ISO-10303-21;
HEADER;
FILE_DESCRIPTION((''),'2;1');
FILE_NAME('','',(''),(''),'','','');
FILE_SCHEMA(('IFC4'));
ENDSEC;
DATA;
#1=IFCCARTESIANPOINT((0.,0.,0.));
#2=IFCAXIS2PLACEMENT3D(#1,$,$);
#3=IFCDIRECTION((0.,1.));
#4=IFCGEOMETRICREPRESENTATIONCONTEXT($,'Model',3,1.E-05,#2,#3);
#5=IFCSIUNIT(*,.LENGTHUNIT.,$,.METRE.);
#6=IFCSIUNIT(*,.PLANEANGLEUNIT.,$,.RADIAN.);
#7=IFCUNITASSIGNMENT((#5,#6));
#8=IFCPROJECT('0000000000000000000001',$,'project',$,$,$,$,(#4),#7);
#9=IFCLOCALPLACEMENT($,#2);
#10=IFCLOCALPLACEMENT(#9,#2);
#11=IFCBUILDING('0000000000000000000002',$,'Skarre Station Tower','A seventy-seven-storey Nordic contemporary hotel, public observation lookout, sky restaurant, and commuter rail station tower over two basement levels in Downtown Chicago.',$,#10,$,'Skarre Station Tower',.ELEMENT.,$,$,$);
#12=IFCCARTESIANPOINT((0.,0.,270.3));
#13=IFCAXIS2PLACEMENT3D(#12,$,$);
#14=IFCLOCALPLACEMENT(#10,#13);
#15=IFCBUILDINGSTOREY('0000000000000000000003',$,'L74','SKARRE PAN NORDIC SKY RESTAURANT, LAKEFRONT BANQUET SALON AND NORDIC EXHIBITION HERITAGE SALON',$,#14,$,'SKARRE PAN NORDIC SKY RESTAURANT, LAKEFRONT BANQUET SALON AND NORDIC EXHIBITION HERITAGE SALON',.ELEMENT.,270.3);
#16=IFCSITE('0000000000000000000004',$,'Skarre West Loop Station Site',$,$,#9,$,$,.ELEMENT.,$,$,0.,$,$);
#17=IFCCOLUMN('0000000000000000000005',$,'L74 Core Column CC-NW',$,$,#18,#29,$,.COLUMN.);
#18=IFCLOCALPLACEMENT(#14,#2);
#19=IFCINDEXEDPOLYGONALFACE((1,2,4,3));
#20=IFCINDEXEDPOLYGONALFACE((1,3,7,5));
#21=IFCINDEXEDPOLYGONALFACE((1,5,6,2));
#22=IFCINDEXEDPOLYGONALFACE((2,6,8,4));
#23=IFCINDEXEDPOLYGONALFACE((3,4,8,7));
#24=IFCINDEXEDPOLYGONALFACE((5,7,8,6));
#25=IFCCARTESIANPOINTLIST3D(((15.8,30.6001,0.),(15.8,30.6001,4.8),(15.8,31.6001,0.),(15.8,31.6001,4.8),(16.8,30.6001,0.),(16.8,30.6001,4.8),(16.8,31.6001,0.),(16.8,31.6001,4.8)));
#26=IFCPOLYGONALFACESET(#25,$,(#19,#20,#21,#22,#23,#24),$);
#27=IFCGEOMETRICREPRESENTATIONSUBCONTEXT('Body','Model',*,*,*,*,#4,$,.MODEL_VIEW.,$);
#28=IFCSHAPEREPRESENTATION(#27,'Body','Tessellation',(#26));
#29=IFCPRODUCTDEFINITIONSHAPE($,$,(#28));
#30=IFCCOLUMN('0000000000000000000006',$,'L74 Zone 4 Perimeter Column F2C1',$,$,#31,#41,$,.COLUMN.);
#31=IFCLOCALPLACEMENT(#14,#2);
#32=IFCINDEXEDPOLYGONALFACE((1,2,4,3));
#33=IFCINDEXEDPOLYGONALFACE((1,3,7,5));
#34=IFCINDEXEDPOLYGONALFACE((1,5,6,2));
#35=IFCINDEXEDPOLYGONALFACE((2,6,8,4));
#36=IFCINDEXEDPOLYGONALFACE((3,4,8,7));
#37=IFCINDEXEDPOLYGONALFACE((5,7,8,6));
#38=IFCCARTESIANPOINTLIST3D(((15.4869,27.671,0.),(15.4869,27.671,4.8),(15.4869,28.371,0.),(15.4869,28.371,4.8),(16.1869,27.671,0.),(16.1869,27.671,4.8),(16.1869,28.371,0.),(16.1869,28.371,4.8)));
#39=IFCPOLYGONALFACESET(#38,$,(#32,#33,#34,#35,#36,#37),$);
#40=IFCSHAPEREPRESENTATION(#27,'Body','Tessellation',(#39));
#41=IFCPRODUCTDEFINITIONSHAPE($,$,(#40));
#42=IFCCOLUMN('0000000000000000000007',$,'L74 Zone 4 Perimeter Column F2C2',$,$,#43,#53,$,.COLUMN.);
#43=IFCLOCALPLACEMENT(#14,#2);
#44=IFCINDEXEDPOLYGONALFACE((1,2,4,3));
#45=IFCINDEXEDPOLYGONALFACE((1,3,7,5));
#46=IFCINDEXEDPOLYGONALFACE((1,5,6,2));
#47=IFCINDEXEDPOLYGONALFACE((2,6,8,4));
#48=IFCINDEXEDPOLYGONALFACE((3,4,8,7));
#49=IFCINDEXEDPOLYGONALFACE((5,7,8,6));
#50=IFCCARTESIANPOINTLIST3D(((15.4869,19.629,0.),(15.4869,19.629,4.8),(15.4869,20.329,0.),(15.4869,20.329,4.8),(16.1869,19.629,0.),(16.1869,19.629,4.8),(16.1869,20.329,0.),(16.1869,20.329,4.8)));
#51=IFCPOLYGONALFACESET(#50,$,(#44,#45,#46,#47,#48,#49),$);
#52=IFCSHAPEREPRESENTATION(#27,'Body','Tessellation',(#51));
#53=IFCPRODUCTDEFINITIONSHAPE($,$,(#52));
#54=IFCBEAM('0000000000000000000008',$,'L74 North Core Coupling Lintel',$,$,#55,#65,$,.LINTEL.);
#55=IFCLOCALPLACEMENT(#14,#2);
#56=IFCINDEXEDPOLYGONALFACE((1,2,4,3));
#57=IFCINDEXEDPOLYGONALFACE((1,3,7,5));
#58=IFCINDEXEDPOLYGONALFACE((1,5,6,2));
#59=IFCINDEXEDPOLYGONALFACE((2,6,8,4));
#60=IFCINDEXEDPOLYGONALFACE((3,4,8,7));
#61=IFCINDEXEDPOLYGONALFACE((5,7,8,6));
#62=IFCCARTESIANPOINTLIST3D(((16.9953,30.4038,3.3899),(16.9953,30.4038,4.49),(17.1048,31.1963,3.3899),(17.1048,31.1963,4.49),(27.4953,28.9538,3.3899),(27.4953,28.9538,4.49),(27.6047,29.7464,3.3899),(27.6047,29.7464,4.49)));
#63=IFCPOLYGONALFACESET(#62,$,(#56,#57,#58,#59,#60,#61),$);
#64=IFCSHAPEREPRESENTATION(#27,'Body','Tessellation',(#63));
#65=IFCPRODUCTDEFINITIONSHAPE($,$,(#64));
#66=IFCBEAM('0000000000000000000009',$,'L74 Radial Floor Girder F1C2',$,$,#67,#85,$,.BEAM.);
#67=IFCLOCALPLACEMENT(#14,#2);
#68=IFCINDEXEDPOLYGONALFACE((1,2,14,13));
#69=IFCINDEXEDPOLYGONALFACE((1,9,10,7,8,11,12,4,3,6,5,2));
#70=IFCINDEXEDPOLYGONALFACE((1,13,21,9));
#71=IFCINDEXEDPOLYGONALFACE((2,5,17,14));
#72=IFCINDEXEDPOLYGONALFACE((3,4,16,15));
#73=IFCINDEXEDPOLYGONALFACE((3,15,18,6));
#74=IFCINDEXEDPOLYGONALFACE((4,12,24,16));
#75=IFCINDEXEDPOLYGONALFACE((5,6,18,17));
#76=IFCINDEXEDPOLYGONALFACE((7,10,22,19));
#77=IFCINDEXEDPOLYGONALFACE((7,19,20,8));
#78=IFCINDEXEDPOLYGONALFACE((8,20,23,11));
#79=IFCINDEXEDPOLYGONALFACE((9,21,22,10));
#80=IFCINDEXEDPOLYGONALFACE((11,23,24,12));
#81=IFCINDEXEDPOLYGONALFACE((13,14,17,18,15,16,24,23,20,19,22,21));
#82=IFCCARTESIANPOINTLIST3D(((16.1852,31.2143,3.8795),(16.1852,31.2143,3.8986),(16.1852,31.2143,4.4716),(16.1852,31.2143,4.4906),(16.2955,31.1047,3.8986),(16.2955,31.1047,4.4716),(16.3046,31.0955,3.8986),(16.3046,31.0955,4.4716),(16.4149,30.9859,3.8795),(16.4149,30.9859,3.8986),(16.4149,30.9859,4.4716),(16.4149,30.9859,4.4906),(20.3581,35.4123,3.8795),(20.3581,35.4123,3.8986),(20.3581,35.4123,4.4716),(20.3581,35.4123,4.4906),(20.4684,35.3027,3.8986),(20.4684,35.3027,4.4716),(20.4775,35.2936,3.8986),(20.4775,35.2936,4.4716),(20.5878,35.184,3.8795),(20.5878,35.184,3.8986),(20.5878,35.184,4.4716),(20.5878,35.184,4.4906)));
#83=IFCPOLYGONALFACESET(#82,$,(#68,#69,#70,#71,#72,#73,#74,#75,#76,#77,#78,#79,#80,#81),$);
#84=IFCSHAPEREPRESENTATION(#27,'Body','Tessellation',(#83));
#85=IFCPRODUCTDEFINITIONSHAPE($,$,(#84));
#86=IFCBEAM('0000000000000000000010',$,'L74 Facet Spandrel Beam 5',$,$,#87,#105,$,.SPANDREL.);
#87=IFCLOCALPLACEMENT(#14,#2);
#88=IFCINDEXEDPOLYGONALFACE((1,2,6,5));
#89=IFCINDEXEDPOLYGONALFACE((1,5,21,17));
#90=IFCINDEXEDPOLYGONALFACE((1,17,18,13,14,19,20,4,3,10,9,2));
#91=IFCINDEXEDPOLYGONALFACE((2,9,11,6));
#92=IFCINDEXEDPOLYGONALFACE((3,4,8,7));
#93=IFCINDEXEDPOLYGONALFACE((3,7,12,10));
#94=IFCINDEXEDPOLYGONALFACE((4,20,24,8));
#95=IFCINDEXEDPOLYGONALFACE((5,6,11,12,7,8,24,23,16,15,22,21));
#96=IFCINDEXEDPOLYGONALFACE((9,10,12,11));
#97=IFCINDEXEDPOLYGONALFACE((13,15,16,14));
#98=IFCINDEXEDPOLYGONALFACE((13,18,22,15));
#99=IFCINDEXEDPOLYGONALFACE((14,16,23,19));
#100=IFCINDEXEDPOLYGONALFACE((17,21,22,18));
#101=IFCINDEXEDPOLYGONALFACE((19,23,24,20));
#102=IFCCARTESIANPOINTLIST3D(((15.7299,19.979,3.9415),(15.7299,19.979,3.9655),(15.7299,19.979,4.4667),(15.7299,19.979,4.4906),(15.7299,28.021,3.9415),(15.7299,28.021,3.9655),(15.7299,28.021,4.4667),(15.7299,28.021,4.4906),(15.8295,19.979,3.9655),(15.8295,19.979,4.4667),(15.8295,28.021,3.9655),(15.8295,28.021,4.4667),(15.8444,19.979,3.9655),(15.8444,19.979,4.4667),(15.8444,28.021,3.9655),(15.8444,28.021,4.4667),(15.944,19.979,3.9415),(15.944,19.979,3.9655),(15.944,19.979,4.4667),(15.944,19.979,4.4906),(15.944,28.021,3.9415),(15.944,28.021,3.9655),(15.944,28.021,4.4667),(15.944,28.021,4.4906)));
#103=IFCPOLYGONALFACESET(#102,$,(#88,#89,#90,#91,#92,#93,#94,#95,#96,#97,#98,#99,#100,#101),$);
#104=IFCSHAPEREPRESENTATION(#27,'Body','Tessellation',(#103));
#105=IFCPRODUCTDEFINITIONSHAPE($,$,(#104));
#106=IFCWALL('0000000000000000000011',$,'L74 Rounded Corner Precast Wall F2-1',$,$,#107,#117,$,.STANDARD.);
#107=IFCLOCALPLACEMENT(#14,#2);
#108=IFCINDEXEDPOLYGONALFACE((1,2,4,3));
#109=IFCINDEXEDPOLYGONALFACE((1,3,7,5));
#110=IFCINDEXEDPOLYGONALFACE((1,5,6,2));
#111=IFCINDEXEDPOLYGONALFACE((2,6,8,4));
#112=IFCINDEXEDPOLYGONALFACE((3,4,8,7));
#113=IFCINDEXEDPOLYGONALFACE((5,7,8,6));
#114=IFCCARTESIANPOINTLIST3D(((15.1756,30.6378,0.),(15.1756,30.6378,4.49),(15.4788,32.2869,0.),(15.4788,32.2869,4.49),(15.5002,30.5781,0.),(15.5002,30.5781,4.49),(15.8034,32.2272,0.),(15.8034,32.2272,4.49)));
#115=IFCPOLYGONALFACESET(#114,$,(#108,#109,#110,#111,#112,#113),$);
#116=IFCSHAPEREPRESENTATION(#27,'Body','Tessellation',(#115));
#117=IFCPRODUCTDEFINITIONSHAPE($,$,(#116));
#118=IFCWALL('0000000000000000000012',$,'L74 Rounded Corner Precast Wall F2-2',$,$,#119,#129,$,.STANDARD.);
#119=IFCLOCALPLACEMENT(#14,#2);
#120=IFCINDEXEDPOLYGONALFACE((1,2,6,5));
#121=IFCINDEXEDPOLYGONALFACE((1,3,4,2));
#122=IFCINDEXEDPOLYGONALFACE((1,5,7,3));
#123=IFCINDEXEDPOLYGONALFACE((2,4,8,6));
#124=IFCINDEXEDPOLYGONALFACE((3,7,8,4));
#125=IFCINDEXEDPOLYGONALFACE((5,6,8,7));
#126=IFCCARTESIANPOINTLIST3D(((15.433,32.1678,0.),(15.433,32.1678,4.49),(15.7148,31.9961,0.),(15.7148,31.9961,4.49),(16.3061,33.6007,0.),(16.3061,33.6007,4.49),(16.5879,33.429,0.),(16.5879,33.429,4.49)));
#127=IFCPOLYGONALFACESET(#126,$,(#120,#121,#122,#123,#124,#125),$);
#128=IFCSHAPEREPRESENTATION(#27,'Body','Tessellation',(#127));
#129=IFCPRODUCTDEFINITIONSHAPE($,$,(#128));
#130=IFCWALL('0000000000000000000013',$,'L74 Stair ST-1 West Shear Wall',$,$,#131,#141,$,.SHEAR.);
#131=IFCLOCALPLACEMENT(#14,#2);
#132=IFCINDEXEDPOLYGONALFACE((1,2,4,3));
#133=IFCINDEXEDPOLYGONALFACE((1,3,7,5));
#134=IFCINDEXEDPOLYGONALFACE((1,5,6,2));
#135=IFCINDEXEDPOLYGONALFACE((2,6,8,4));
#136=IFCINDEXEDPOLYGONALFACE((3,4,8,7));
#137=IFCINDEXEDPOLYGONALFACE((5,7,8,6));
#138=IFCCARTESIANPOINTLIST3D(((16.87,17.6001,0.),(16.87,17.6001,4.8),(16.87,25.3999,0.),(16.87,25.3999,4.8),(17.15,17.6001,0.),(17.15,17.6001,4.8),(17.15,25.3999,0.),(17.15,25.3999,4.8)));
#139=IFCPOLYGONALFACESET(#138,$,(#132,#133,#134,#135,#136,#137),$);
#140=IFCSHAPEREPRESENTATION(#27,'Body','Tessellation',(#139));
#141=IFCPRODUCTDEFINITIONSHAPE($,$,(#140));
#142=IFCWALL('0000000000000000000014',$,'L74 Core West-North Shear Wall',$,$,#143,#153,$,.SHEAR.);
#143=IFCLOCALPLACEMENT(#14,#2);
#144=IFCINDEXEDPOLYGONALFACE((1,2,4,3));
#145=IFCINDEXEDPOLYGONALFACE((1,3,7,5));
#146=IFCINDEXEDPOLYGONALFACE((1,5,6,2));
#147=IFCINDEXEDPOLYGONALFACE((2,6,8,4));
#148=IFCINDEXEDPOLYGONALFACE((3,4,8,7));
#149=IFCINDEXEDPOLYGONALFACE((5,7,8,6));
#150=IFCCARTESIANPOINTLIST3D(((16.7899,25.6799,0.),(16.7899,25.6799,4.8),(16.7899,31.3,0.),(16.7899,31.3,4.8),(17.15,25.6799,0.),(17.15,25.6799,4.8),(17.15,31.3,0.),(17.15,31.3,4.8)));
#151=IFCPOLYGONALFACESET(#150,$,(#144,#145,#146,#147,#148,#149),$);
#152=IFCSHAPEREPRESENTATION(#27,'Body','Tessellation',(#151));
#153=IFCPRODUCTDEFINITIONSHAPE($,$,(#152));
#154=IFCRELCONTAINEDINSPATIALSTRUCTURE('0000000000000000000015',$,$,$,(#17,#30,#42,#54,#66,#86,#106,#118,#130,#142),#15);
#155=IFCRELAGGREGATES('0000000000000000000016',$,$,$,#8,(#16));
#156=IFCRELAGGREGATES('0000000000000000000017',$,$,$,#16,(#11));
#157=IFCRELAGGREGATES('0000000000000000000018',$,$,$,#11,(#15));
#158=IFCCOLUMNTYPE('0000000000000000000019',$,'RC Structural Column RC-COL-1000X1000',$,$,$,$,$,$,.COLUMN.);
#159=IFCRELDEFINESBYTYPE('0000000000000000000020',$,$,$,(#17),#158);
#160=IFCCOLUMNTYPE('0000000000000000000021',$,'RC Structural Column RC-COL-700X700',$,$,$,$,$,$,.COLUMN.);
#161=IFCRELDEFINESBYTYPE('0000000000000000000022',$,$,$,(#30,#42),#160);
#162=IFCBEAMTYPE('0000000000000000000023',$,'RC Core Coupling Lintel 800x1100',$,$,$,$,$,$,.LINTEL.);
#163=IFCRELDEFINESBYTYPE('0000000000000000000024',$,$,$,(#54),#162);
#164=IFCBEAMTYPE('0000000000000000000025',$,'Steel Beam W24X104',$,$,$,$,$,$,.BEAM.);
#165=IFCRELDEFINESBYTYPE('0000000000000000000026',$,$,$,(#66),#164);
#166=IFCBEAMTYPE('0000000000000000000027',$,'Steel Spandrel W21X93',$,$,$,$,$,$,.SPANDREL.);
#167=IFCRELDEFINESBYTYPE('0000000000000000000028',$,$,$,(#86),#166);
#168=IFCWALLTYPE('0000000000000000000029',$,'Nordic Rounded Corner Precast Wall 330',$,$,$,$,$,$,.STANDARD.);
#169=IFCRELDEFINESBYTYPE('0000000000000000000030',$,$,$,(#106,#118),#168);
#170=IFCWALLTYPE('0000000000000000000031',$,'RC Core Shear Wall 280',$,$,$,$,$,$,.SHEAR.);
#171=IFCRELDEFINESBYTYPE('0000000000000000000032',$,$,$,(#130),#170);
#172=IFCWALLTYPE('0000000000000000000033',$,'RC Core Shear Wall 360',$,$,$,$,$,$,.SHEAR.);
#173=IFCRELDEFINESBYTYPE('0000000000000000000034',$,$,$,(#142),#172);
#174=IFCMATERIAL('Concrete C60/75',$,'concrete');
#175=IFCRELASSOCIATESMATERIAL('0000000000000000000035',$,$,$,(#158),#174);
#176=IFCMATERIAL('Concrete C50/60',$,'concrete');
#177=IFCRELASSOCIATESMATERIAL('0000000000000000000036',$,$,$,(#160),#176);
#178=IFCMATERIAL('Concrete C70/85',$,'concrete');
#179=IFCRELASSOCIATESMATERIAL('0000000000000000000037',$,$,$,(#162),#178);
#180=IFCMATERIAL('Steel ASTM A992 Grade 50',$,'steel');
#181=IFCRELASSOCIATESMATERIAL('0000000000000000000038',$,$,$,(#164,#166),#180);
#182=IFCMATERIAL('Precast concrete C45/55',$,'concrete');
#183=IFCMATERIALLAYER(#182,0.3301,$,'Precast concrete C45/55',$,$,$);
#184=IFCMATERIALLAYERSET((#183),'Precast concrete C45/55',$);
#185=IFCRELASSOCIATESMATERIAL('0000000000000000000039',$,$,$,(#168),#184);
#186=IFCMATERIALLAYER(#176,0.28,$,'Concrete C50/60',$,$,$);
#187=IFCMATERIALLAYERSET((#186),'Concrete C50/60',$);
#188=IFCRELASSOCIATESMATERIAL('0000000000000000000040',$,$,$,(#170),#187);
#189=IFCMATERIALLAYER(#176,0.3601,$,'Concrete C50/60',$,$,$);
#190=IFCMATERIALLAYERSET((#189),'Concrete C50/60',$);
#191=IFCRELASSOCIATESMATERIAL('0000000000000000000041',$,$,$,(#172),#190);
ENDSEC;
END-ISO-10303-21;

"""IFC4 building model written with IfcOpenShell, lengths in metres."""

from ifc_helpers import new_model, si_unit, direction, frame, frame_2d, origin, origin_2d, place, context, subcontext, project, spatial, rectangle, i_section, extrude, material, layer, layer_set, material_profile, profile_set, type_object, element, save


model = new_model("IFC4")

# Units and contexts
model_context = context("Model", 3, precision=1e-05, world=origin(), true_north=direction((0.0, 1.0)))
body_context = subcontext(model_context, "Body", "Model", "MODEL_VIEW")
ifc_project = project(units=[si_unit("LENGTHUNIT", "METRE"), si_unit("PLANEANGLEUNIT", "RADIAN")], contexts=[model_context])

# Site, building, storey
site_placement = place(None, origin())
site = spatial("IfcSite", under=ifc_project, at=site_placement, Name="Skarre West Loop Station Site", CompositionType="ELEMENT", RefElevation=0.0)
building_placement = place(site_placement, origin())
building = spatial("IfcBuilding", under=site, at=building_placement, Name="Skarre Station Tower", Description="A seventy-seven-storey Nordic contemporary hotel, public observation lookout, sky restaurant, and commuter rail station tower over two basement levels in Downtown Chicago.", LongName="Skarre Station Tower", CompositionType="ELEMENT")
storey_placement = place(building_placement, frame((0.0, 0.0, 270.3)))
storey = spatial("IfcBuildingStorey", under=building, at=storey_placement, Name="L74", Description="SKARRE PAN NORDIC SKY RESTAURANT, LAKEFRONT BANQUET SALON AND NORDIC EXHIBITION HERITAGE SALON", LongName="SKARRE PAN NORDIC SKY RESTAURANT, LAKEFRONT BANQUET SALON AND NORDIC EXHIBITION HERITAGE SALON", CompositionType="ELEMENT", Elevation=270.3)

# Columns
ifc_material_1 = material(Name="Concrete C60/75", Category="concrete")
ifc_material_profile_1 = material_profile(ifc_material_1, rectangle(XDim=1.0, YDim=1.0, at=origin_2d()), Name="Concrete C60/75")
ifc_profile_set_1 = profile_set([ifc_material_profile_1], Name="Concrete C60/75")
column_type_1 = type_object("IfcColumnType", Name="RC Structural Column RC-COL-1000X1000", PredefinedType="COLUMN", material=ifc_profile_set_1)
column_placement = place(storey_placement, frame((16.3, 31.1001, 0.0), z_axis=(0.0, 0.0, 1.0), x_axis=(1.0, 0.0, 0.0)))
element("IfcColumn", 1, at=column_placement, inside=storey, type_object=column_type_1, Name="L74 Core Column CC-NW", PredefinedType="COLUMN", context=body_context, shape_type="SweptSolid", body=[
    extrude(rectangle(XDim=1.0, YDim=1.0, at=origin_2d()), origin(), (0.0, 0.0, 1.0), 4.8),
])
ifc_material_2 = material(Name="Concrete C50/60", Category="concrete")
ifc_material_profile_2 = material_profile(ifc_material_2, rectangle(XDim=0.7, YDim=0.7, at=origin_2d()), Name="Concrete C50/60")
ifc_profile_set_2 = profile_set([ifc_material_profile_2], Name="Concrete C50/60")
column_type_2 = type_object("IfcColumnType", Name="RC Structural Column RC-COL-700X700", PredefinedType="COLUMN", material=ifc_profile_set_2)
for number, where, z_axis, x_axis, name in (
    (2, (15.8369, 28.021, 0.0), (0.0, 0.0, 1.0), (1.0, 0.0, 0.0), "L74 Zone 4 Perimeter Column F2C1"),
    (3, (15.8369, 19.979, 0.0), (0.0, 0.0, 1.0), (1.0, 0.0, 0.0), "L74 Zone 4 Perimeter Column F2C2"),
):
    element("IfcColumn", number, at=place(storey_placement, frame(where, z_axis=z_axis, x_axis=x_axis)), inside=storey, type_object=column_type_2, Name=name, PredefinedType="COLUMN", context=body_context, shape_type="SweptSolid", body=[
        extrude(rectangle(XDim=0.7, YDim=0.7, at=origin_2d()), origin(), (0.0, 0.0, 1.0), 4.8),
    ])

# Beams
ifc_material_3 = material(Name="Concrete C70/85", Category="concrete")
ifc_material_profile_3 = material_profile(ifc_material_3, rectangle(XDim=0.8, YDim=1.1001, at=origin_2d()), Name="Concrete C70/85")
ifc_profile_set_3 = profile_set([ifc_material_profile_3], Name="Concrete C70/85")
beam_type_1 = type_object("IfcBeamType", Name="RC Core Coupling Lintel 800x1100", PredefinedType="LINTEL", material=ifc_profile_set_3)
beam_1_placement = place(storey_placement, frame((17.05, 30.8, 3.9399), z_axis=(0.9906, -0.136792, 0.0), x_axis=(0.136792, 0.9906, 0.0)))
element("IfcBeam", 4, at=beam_1_placement, inside=storey, type_object=beam_type_1, Name="L74 North Core Coupling Lintel", PredefinedType="LINTEL", context=body_context, shape_type="SweptSolid", body=[
    extrude(rectangle(XDim=0.8, YDim=1.1001, at=origin_2d()), origin(), (0.0, 0.0, 1.0), 10.5996),
])
ifc_material_4 = material(Name="Steel ASTM A992 Grade 50", Category="steel")
ifc_material_profile_4 = material_profile(ifc_material_4, i_section(OverallWidth=0.324, OverallDepth=0.6111, WebThickness=0.0129, FlangeThickness=0.019, at=origin_2d()), Name="Steel ASTM A992 Grade 50")
ifc_profile_set_4 = profile_set([ifc_material_profile_4], Name="Steel ASTM A992 Grade 50")
beam_type_2 = type_object("IfcBeamType", Name="Steel Beam W24X104", PredefinedType="BEAM", material=ifc_profile_set_4)
beam_2_placement = place(storey_placement, frame((16.3, 31.1001, 4.1851), z_axis=(0.704979, 0.709228, 0.0), x_axis=(-0.709228, 0.704979, 0.0)))
element("IfcBeam", 5, at=beam_2_placement, inside=storey, type_object=beam_type_2, Name="L74 Radial Floor Girder F1C2", PredefinedType="BEAM", context=body_context, shape_type="SweptSolid", body=[
    extrude(i_section(OverallWidth=0.324, OverallDepth=0.6111, WebThickness=0.0129, FlangeThickness=0.019, at=origin_2d()), origin(), (0.0, 0.0, 1.0), 5.9192),
])
ifc_material_profile_5 = material_profile(ifc_material_4, i_section(OverallWidth=0.2141, OverallDepth=0.5491, WebThickness=0.0149, FlangeThickness=0.0239, at=origin_2d()), Name="Steel ASTM A992 Grade 50")
ifc_profile_set_5 = profile_set([ifc_material_profile_5], Name="Steel ASTM A992 Grade 50")
beam_type_3 = type_object("IfcBeamType", Name="Steel Spandrel W21X93", PredefinedType="SPANDREL", material=ifc_profile_set_5)
beam_3_placement = place(storey_placement, frame((15.8369, 28.021, 4.2161), z_axis=(0.0, -1.0, 0.0), x_axis=(1.0, 0.0, 0.0)))
element("IfcBeam", 6, at=beam_3_placement, inside=storey, type_object=beam_type_3, Name="L74 Facet Spandrel Beam 5", PredefinedType="SPANDREL", context=body_context, shape_type="SweptSolid", body=[
    extrude(i_section(OverallWidth=0.2141, OverallDepth=0.5491, WebThickness=0.0149, FlangeThickness=0.0239, at=origin_2d()), origin(), (0.0, 0.0, 1.0), 8.042),
])

# Walls
ifc_material_5 = material(Name="Precast concrete C45/55", Category="concrete")
ifc_layer_1 = layer(ifc_material_5, 0.3301, Name="Precast concrete C45/55")
ifc_layer_set_1 = layer_set([ifc_layer_1], Name="Precast concrete C45/55")
wall_type_1 = type_object("IfcWallType", Name="Nordic Rounded Corner Precast Wall 330", PredefinedType="STANDARD", material=ifc_layer_set_1)
wall_1_placement = place(storey_placement, frame((15.3379, 30.6079, 0.0), z_axis=(0.0, 0.0, 1.0), x_axis=(0.180833, 0.983514, 0.0)))
element("IfcWall", 7, at=wall_1_placement, inside=storey, type_object=wall_type_1, Name="L74 Rounded Corner Precast Wall F2-1", PredefinedType="STANDARD", context=body_context, shape_type="SweptSolid", body=[
    extrude(rectangle(XDim=1.6768, YDim=0.3301, at=frame_2d((0.8384, 0.0))), origin(), (0.0, 0.0, 1.0), 4.49),
])
wall_2_placement = place(storey_placement, frame((15.574, 32.082, 0.0), z_axis=(0.0, 0.0, 1.0), x_axis=(0.520325, 0.853968, 0.0)))
element("IfcWall", 8, at=wall_2_placement, inside=storey, type_object=wall_type_1, Name="L74 Rounded Corner Precast Wall F2-2", PredefinedType="STANDARD", context=body_context, shape_type="SweptSolid", body=[
    extrude(rectangle(XDim=1.678, YDim=0.3301, at=frame_2d((0.8389, 0.0))), origin(), (0.0, 0.0, 1.0), 4.49),
])
ifc_layer_2 = layer(ifc_material_2, 0.28, Name="Concrete C50/60")
ifc_layer_set_2 = layer_set([ifc_layer_2], Name="Concrete C50/60")
wall_type_2 = type_object("IfcWallType", Name="RC Core Shear Wall 280", PredefinedType="SHEAR", material=ifc_layer_set_2)
wall_3_placement = place(storey_placement, frame((17.01, 25.3999, 0.0), z_axis=(0.0, 0.0, 1.0), x_axis=(0.0, -1.0, 0.0)))
element("IfcWall", 9, at=wall_3_placement, inside=storey, type_object=wall_type_2, Name="L74 Stair ST-1 West Shear Wall", PredefinedType="SHEAR", context=body_context, shape_type="SweptSolid", body=[
    extrude(rectangle(XDim=7.7998, YDim=0.28, at=frame_2d((3.8999, 0.0))), origin(), (0.0, 0.0, 1.0), 4.8),
])
ifc_layer_3 = layer(ifc_material_2, 0.3601, Name="Concrete C50/60")
ifc_layer_set_3 = layer_set([ifc_layer_3], Name="Concrete C50/60")
wall_type_3 = type_object("IfcWallType", Name="RC Core Shear Wall 360", PredefinedType="SHEAR", material=ifc_layer_set_3)
wall_4_placement = place(storey_placement, frame((16.97, 25.6799, 0.0), z_axis=(0.0, 0.0, 1.0), x_axis=(0.0, 1.0, 0.0)))
element("IfcWall", 10, at=wall_4_placement, inside=storey, type_object=wall_type_3, Name="L74 Core West-North Shear Wall", PredefinedType="SHEAR", context=body_context, shape_type="SweptSolid", body=[
    extrude(rectangle(XDim=5.6201, YDim=0.3601, at=frame_2d((2.8101, 0.0))), origin(), (0.0, 0.0, 1.0), 4.8),
])

save(model, "model.ifc")
